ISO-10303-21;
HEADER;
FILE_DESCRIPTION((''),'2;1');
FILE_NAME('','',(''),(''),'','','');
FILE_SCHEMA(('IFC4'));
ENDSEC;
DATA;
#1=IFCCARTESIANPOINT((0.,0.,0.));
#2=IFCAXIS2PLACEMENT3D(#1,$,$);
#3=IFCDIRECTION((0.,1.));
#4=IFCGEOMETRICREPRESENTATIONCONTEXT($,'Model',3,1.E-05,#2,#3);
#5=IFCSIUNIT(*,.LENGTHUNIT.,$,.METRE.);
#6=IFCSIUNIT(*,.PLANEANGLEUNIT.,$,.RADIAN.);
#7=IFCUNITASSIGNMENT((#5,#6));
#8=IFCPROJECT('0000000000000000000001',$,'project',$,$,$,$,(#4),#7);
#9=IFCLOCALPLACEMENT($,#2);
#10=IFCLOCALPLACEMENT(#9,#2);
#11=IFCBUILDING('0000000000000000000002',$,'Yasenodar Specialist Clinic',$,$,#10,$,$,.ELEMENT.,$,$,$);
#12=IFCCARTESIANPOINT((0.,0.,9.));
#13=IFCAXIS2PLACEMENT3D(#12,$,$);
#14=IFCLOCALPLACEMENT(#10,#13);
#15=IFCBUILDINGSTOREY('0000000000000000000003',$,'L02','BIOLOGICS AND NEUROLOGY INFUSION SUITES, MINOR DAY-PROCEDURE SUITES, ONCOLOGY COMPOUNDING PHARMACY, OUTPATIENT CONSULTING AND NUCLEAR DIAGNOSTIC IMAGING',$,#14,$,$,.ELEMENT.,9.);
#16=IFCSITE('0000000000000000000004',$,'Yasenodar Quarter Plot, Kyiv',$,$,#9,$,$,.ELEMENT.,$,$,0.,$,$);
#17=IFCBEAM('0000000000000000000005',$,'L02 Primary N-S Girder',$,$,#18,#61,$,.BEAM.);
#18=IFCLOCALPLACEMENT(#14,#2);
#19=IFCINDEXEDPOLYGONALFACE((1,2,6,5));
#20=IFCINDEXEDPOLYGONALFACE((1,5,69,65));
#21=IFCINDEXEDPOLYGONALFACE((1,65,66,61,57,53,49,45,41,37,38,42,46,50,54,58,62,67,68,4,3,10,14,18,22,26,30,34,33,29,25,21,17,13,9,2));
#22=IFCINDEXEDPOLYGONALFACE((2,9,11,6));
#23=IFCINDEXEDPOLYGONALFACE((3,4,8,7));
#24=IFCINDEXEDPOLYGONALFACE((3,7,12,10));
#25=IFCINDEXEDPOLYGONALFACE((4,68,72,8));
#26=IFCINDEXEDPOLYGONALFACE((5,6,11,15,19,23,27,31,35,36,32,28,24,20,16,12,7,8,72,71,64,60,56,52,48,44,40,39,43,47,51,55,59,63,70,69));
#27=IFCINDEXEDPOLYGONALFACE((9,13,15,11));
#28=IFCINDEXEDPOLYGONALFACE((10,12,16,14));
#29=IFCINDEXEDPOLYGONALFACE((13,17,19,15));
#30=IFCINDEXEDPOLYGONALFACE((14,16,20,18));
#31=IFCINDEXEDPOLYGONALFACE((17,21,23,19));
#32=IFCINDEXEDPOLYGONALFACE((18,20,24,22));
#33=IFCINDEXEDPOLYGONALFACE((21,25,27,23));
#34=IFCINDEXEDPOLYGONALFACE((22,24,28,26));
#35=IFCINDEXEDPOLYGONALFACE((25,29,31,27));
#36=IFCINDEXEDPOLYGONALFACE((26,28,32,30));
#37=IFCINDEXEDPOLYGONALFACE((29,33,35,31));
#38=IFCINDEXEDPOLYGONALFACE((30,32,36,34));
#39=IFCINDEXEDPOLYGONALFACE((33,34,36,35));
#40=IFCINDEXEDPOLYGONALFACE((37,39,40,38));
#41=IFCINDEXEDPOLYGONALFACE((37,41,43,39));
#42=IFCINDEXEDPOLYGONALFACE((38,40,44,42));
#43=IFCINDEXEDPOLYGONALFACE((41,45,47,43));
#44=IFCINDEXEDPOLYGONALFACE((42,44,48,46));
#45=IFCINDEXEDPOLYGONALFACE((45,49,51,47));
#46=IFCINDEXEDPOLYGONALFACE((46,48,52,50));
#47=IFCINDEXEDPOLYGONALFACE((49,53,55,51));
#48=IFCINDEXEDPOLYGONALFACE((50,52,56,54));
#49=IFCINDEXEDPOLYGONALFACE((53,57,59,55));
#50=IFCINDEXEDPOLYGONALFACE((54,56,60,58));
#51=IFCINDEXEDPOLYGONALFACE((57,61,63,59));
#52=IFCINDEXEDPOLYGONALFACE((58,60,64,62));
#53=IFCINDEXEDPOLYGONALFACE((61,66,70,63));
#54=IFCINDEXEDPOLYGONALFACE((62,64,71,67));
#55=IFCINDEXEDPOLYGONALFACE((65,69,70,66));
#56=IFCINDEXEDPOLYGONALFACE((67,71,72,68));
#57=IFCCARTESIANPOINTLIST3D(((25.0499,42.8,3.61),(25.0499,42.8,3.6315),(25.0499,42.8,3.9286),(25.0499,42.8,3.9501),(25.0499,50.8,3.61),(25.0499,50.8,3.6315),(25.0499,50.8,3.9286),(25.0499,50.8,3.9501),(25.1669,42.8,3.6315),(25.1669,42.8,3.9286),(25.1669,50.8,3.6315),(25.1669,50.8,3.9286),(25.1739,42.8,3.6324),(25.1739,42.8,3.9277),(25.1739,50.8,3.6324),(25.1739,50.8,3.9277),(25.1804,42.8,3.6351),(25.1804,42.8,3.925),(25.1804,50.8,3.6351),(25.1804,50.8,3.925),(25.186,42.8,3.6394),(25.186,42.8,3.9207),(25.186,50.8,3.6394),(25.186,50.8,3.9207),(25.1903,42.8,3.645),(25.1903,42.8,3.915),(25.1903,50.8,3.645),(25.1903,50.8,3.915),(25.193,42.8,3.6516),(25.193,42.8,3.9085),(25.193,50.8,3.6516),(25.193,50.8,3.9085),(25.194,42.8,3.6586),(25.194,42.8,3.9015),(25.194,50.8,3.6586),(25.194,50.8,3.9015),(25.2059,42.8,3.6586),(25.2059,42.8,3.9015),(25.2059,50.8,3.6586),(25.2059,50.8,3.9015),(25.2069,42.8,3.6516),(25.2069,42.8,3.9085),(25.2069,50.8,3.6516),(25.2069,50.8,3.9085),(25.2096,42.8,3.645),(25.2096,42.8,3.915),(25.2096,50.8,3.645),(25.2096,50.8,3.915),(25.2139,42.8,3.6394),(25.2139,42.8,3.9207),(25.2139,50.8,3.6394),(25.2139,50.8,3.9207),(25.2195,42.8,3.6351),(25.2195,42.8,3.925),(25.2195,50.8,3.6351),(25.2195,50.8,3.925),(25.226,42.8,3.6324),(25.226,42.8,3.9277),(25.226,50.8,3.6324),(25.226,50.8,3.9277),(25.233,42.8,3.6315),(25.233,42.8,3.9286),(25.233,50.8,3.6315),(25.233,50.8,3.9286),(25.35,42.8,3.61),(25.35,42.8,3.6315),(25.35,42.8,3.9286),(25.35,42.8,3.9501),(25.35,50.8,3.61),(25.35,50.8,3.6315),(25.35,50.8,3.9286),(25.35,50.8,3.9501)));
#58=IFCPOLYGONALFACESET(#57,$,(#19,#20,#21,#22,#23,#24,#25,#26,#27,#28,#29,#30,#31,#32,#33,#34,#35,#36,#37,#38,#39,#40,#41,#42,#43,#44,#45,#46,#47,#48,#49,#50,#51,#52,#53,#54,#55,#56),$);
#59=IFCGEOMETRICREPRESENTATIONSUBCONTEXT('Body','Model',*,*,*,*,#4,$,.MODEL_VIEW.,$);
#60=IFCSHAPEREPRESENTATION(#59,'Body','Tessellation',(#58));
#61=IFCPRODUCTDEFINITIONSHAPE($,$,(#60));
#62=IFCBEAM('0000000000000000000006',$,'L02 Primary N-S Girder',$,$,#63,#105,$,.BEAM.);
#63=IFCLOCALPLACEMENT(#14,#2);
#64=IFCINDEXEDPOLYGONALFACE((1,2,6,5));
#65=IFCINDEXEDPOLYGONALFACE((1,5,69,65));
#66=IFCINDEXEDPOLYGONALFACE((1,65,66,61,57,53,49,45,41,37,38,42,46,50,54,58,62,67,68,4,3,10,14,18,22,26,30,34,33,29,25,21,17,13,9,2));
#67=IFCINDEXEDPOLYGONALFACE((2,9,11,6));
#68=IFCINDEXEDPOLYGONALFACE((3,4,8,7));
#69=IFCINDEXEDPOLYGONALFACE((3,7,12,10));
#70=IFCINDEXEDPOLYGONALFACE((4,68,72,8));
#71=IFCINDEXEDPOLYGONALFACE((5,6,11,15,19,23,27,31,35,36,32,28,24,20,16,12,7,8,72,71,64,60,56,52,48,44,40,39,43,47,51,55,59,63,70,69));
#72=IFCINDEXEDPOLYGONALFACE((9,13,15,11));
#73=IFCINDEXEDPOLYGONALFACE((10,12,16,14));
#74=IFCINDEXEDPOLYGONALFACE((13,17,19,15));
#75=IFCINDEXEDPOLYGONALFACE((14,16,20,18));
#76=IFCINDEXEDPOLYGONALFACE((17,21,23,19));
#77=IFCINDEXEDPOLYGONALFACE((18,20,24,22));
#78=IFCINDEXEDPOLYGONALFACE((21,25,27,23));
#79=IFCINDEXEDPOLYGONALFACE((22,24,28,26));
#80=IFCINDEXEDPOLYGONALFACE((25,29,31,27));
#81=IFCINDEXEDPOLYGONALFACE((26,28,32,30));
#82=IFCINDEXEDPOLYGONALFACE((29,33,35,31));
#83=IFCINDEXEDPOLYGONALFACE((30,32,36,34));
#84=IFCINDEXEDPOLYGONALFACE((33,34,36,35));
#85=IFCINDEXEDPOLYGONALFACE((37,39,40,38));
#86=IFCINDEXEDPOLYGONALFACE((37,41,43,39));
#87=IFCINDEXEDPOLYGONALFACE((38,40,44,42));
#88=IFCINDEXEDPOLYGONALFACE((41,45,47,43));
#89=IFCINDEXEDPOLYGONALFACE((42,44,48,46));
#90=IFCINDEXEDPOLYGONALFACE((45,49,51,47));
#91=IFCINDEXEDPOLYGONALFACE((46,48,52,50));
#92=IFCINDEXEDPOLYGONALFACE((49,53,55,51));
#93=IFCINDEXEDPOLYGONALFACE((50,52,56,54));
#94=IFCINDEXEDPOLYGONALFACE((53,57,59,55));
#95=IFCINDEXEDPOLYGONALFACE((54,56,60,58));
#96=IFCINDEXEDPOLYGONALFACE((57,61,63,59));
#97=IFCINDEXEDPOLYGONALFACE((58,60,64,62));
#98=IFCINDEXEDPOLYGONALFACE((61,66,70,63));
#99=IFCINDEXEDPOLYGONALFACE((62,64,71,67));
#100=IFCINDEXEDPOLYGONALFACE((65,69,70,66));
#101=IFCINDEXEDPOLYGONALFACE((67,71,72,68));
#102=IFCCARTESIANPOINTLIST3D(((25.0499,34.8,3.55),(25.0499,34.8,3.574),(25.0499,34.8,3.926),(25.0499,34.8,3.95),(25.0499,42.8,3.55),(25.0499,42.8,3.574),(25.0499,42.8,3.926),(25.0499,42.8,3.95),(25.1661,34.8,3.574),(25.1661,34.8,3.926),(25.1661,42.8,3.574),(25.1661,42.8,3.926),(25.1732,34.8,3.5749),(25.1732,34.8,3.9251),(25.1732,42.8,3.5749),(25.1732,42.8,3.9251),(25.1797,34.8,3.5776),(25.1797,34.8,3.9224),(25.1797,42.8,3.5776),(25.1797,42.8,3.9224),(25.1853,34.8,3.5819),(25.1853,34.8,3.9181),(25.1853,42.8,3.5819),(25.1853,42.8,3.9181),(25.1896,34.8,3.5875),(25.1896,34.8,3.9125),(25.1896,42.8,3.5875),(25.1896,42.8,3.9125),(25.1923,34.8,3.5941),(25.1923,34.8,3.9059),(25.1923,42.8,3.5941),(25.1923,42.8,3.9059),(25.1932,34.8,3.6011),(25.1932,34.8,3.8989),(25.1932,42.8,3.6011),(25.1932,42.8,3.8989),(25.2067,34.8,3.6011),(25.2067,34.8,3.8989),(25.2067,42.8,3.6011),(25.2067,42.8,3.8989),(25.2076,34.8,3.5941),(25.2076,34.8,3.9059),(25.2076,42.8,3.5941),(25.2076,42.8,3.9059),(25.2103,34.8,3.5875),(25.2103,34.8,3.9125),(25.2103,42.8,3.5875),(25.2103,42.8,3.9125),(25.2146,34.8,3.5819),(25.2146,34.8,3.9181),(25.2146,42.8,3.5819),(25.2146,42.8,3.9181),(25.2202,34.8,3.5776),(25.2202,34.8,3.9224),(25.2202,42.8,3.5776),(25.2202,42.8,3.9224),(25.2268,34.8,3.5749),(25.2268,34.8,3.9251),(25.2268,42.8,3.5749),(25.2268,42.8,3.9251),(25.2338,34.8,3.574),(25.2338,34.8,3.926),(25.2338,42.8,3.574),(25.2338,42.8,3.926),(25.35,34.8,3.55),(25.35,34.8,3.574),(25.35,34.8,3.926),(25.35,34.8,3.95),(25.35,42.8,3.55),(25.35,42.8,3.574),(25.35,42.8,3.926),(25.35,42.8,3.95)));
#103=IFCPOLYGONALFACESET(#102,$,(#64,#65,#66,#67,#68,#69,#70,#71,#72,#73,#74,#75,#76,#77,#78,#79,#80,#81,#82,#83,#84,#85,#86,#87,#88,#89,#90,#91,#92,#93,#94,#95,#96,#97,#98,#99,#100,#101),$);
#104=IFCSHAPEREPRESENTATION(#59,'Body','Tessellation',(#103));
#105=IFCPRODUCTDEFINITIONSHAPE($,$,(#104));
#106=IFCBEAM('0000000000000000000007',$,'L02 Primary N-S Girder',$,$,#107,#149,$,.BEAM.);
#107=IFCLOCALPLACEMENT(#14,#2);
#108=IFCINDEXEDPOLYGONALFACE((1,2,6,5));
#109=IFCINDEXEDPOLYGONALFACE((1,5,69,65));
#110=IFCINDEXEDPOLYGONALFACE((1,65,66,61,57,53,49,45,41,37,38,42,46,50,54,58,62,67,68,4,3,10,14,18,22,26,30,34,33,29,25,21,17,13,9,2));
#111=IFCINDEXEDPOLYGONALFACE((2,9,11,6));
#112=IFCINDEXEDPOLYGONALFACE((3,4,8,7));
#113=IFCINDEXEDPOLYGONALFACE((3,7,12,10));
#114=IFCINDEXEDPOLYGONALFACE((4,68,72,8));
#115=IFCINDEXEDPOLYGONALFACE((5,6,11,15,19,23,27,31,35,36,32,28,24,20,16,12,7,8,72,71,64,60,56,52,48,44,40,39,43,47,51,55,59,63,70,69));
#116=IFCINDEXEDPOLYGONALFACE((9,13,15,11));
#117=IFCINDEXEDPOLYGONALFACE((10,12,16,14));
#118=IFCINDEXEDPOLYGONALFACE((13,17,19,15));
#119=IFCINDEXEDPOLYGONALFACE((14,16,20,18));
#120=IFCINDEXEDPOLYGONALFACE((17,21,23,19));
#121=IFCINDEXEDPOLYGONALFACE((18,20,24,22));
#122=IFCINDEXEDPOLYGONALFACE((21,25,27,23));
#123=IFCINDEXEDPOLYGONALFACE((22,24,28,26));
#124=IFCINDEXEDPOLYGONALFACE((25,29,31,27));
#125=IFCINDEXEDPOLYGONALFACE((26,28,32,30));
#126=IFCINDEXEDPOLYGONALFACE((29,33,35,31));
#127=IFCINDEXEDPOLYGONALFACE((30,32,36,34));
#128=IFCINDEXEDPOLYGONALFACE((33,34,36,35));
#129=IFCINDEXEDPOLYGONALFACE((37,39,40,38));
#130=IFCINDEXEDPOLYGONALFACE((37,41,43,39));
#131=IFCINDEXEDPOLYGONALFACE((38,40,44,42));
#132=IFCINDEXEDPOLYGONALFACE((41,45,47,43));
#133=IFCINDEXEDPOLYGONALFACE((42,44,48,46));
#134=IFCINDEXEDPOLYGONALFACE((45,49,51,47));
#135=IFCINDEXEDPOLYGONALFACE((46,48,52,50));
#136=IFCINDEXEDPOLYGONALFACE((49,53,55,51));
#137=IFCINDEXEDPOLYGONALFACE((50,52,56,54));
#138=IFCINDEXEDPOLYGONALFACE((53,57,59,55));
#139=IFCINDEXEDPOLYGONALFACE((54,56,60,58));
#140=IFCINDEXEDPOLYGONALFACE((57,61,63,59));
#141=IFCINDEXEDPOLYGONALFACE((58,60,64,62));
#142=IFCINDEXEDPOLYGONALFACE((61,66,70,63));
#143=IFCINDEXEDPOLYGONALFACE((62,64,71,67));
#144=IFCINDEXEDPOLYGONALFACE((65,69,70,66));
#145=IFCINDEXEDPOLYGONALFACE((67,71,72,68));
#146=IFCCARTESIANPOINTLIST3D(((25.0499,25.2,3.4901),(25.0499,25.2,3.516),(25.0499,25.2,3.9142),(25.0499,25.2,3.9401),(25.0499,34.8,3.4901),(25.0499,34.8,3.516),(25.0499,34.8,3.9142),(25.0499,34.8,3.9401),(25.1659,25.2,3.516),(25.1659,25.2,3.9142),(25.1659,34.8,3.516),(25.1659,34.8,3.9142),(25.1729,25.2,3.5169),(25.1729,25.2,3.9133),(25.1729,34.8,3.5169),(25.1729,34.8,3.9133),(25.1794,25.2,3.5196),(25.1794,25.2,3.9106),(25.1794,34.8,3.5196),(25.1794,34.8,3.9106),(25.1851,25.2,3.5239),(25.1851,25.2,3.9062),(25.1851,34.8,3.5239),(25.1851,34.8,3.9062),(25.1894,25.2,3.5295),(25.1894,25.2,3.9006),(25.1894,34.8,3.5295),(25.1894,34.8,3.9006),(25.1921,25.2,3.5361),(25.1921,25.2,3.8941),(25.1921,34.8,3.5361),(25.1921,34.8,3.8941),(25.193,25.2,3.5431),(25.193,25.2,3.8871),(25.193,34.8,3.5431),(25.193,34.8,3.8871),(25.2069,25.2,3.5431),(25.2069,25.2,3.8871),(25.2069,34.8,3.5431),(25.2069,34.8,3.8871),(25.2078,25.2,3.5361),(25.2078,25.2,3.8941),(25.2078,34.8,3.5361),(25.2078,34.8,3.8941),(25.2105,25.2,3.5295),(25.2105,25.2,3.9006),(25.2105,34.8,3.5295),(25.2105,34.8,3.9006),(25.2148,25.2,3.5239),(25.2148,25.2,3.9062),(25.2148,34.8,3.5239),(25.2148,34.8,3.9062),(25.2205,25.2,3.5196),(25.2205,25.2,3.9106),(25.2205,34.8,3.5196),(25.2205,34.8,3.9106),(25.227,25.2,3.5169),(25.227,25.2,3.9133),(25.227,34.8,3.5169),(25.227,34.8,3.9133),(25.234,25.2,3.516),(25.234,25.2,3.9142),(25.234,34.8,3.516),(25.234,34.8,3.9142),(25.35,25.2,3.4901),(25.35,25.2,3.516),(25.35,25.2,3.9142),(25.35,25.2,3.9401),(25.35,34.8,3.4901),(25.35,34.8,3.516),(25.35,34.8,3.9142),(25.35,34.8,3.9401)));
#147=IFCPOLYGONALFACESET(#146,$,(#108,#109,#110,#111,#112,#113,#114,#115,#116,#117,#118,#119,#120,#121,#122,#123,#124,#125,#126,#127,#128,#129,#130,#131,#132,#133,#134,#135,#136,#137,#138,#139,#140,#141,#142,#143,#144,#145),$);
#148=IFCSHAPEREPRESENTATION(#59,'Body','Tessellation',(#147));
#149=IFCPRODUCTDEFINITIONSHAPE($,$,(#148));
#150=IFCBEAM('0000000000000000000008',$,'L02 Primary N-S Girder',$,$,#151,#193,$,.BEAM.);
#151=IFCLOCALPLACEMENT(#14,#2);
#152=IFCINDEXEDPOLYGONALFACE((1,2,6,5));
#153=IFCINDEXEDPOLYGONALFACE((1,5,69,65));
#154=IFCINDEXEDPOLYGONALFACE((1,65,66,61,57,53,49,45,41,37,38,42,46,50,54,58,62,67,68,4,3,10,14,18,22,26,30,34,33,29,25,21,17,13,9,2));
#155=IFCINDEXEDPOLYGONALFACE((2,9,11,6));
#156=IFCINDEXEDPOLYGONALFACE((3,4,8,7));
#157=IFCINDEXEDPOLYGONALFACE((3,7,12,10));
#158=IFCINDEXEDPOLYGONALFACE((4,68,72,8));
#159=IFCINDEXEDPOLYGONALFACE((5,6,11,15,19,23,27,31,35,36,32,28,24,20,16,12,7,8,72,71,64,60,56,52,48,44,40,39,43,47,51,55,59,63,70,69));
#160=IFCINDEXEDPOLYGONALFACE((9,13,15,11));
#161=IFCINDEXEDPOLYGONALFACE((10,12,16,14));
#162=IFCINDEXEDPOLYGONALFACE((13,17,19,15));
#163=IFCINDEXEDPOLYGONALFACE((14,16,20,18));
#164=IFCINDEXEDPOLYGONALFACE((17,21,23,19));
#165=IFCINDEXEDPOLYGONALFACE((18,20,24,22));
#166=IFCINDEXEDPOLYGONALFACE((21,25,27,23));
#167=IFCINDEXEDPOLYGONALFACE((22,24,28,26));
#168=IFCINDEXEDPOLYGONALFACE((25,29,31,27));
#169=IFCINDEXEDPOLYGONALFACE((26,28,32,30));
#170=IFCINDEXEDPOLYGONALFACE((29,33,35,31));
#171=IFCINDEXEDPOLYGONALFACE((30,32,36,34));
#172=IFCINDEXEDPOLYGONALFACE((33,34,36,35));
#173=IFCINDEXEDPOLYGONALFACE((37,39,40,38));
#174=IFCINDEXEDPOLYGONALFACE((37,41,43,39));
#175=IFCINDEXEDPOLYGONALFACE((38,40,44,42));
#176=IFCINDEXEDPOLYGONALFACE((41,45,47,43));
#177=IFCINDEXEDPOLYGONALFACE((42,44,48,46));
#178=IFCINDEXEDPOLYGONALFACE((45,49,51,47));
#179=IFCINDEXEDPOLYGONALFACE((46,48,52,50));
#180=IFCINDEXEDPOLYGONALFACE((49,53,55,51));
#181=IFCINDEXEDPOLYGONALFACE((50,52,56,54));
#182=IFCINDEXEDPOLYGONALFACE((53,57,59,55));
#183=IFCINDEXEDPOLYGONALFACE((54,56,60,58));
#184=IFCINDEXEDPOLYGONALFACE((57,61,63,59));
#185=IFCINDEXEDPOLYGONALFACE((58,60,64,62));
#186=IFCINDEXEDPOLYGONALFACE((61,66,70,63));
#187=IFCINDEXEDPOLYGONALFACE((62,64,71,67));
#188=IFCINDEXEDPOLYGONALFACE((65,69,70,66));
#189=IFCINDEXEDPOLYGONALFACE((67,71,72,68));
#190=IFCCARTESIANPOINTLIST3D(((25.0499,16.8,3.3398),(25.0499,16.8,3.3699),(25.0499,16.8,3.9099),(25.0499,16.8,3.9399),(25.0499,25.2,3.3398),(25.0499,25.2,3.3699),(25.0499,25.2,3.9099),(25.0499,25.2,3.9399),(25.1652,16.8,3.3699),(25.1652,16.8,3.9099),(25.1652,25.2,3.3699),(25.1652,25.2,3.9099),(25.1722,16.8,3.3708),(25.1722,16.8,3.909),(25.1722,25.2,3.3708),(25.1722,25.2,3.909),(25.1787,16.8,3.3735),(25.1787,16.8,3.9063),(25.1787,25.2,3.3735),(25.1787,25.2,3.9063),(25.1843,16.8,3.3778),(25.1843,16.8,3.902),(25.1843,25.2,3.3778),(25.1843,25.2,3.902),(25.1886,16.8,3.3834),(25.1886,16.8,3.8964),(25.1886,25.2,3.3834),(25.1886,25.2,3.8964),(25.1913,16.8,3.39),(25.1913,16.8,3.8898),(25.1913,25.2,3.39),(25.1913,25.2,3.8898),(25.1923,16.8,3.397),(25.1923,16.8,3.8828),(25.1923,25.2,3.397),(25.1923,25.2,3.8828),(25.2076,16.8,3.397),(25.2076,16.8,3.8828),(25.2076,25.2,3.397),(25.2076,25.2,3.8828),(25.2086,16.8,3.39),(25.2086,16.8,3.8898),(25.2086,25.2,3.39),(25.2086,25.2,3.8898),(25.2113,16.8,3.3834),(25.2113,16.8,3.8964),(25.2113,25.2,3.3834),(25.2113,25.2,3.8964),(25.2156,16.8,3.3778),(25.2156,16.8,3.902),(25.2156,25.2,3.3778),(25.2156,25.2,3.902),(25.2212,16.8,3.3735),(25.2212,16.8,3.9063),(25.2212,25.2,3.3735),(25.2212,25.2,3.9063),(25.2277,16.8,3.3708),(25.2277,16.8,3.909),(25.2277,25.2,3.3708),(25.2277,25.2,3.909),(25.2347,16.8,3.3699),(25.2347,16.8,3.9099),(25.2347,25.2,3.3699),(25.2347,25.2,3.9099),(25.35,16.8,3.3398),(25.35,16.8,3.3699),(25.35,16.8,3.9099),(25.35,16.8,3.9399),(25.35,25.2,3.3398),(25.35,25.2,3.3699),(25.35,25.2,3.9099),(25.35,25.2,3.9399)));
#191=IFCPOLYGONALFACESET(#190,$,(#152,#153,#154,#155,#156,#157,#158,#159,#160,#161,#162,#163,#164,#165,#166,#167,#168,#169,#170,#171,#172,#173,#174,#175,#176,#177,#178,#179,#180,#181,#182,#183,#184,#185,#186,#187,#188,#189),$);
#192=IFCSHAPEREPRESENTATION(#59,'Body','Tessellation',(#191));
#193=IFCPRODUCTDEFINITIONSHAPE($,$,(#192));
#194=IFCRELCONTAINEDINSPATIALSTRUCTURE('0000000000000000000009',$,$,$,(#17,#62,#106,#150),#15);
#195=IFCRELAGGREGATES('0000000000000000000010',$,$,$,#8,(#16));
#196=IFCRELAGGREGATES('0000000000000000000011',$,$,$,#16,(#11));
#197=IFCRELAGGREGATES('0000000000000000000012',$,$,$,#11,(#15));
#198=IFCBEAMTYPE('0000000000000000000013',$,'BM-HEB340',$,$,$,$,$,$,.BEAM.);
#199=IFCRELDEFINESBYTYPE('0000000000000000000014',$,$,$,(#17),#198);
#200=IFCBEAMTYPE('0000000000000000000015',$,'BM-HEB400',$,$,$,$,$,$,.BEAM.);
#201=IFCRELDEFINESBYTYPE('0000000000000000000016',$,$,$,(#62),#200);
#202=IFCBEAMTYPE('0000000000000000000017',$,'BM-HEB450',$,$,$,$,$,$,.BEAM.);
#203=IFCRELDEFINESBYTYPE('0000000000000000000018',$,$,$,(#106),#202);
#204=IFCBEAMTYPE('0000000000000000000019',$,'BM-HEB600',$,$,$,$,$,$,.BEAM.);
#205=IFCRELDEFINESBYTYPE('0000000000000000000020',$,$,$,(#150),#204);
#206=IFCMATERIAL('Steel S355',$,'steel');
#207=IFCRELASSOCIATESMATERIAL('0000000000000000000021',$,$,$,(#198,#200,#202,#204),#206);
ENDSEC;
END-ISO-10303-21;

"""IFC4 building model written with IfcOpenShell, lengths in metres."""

from ifc_helpers import new_model, si_unit, direction, frame, origin, origin_2d, place, context, subcontext, project, spatial, i_section, extrude, material, material_profile, profile_set, type_object, element, save


model = new_model("IFC4")

# Units and contexts
model_context = context("Model", 3, precision=1e-05, world=origin(), true_north=direction((0.0, 1.0)))
body_context = subcontext(model_context, "Body", "Model", "MODEL_VIEW")
ifc_project = project(units=[si_unit("LENGTHUNIT", "METRE"), si_unit("PLANEANGLEUNIT", "RADIAN")], contexts=[model_context])

# Site, building, storey
site_placement = place(None, origin())
site = spatial("IfcSite", under=ifc_project, at=site_placement, Name="Yasenodar Quarter Plot, Kyiv", CompositionType="ELEMENT", RefElevation=0.0)
building_placement = place(site_placement, origin())
building = spatial("IfcBuilding", under=site, at=building_placement, Name="Yasenodar Specialist Clinic", CompositionType="ELEMENT")
storey_placement = place(building_placement, frame((0.0, 0.0, 9.0)))
storey = spatial("IfcBuildingStorey", under=building, at=storey_placement, Name="L02", Description="BIOLOGICS AND NEUROLOGY INFUSION SUITES, MINOR DAY-PROCEDURE SUITES, ONCOLOGY COMPOUNDING PHARMACY, OUTPATIENT CONSULTING AND NUCLEAR DIAGNOSTIC IMAGING", CompositionType="ELEMENT", Elevation=9.0)

# Shared definitions
ifc_material_1 = material(Name="Steel S355", Category="steel")

# Beams
ifc_material_profile_1 = material_profile(ifc_material_1, i_section(OverallWidth=0.3, OverallDepth=0.3401, WebThickness=0.012, FlangeThickness=0.0215, FilletRadius=0.0271, at=origin_2d()), Name="HEB 340")
ifc_profile_set_1 = profile_set([ifc_material_profile_1], Name="Steel S355")
beam_type_1 = type_object("IfcBeamType", Name="BM-HEB340", PredefinedType="BEAM", material=ifc_profile_set_1)
beam_1_placement = place(storey_placement, frame((25.2, 42.8, 3.78), z_axis=(0.0, 1.0, 0.0), x_axis=(-1.0, 0.0, 0.0)))
element("IfcBeam", 1, at=beam_1_placement, inside=storey, type_object=beam_type_1, Name="L02 Primary N-S Girder", PredefinedType="BEAM", context=body_context, shape_type="SweptSolid", body=[
    extrude(i_section(OverallWidth=0.3, OverallDepth=0.3401, WebThickness=0.012, FlangeThickness=0.0215, FilletRadius=0.0271, at=origin_2d()), origin(), (0.0, 0.0, 1.0), 8.0),
])
ifc_material_profile_2 = material_profile(ifc_material_1, i_section(OverallWidth=0.3, OverallDepth=0.3999, WebThickness=0.0134, FlangeThickness=0.0239, FilletRadius=0.0271, at=origin_2d()), Name="HEB 400")
ifc_profile_set_2 = profile_set([ifc_material_profile_2], Name="Steel S355")
beam_type_2 = type_object("IfcBeamType", Name="BM-HEB400", PredefinedType="BEAM", material=ifc_profile_set_2)
beam_2_placement = place(storey_placement, frame((25.2, 34.8, 3.75), z_axis=(0.0, 1.0, 0.0), x_axis=(-1.0, 0.0, 0.0)))
element("IfcBeam", 2, at=beam_2_placement, inside=storey, type_object=beam_type_2, Name="L02 Primary N-S Girder", PredefinedType="BEAM", context=body_context, shape_type="SweptSolid", body=[
    extrude(i_section(OverallWidth=0.3, OverallDepth=0.3999, WebThickness=0.0134, FlangeThickness=0.0239, FilletRadius=0.0271, at=origin_2d()), origin(), (0.0, 0.0, 1.0), 8.0),
])
ifc_material_profile_3 = material_profile(ifc_material_1, i_section(OverallWidth=0.3, OverallDepth=0.45, WebThickness=0.0139, FlangeThickness=0.0259, FilletRadius=0.0271, at=origin_2d()), Name="HEB 450")
ifc_profile_set_3 = profile_set([ifc_material_profile_3], Name="Steel S355")
beam_type_3 = type_object("IfcBeamType", Name="BM-HEB450", PredefinedType="BEAM", material=ifc_profile_set_3)
beam_3_placement = place(storey_placement, frame((25.2, 25.2, 3.7151), z_axis=(0.0, 1.0, 0.0), x_axis=(-1.0, 0.0, 0.0)))
element("IfcBeam", 3, at=beam_3_placement, inside=storey, type_object=beam_type_3, Name="L02 Primary N-S Girder", PredefinedType="BEAM", context=body_context, shape_type="SweptSolid", body=[
    extrude(i_section(OverallWidth=0.3, OverallDepth=0.45, WebThickness=0.0139, FlangeThickness=0.0259, FilletRadius=0.0271, at=origin_2d()), origin(), (0.0, 0.0, 1.0), 9.6001),
])
ifc_material_profile_4 = material_profile(ifc_material_1, i_section(OverallWidth=0.3, OverallDepth=0.6001, WebThickness=0.0154, FlangeThickness=0.03, FilletRadius=0.0271, at=origin_2d()), Name="HEB 600")
ifc_profile_set_4 = profile_set([ifc_material_profile_4], Name="Steel S355")
beam_type_4 = type_object("IfcBeamType", Name="BM-HEB600", PredefinedType="BEAM", material=ifc_profile_set_4)
beam_4_placement = place(storey_placement, frame((25.2, 16.8, 3.6399), z_axis=(0.0, 1.0, 0.0), x_axis=(-1.0, 0.0, 0.0)))
element("IfcBeam", 4, at=beam_4_placement, inside=storey, type_object=beam_type_4, Name="L02 Primary N-S Girder", PredefinedType="BEAM", context=body_context, shape_type="SweptSolid", body=[
    extrude(i_section(OverallWidth=0.3, OverallDepth=0.6001, WebThickness=0.0154, FlangeThickness=0.03, FilletRadius=0.0271, at=origin_2d()), origin(), (0.0, 0.0, 1.0), 8.3999),
])

save(model, "model.ifc")
